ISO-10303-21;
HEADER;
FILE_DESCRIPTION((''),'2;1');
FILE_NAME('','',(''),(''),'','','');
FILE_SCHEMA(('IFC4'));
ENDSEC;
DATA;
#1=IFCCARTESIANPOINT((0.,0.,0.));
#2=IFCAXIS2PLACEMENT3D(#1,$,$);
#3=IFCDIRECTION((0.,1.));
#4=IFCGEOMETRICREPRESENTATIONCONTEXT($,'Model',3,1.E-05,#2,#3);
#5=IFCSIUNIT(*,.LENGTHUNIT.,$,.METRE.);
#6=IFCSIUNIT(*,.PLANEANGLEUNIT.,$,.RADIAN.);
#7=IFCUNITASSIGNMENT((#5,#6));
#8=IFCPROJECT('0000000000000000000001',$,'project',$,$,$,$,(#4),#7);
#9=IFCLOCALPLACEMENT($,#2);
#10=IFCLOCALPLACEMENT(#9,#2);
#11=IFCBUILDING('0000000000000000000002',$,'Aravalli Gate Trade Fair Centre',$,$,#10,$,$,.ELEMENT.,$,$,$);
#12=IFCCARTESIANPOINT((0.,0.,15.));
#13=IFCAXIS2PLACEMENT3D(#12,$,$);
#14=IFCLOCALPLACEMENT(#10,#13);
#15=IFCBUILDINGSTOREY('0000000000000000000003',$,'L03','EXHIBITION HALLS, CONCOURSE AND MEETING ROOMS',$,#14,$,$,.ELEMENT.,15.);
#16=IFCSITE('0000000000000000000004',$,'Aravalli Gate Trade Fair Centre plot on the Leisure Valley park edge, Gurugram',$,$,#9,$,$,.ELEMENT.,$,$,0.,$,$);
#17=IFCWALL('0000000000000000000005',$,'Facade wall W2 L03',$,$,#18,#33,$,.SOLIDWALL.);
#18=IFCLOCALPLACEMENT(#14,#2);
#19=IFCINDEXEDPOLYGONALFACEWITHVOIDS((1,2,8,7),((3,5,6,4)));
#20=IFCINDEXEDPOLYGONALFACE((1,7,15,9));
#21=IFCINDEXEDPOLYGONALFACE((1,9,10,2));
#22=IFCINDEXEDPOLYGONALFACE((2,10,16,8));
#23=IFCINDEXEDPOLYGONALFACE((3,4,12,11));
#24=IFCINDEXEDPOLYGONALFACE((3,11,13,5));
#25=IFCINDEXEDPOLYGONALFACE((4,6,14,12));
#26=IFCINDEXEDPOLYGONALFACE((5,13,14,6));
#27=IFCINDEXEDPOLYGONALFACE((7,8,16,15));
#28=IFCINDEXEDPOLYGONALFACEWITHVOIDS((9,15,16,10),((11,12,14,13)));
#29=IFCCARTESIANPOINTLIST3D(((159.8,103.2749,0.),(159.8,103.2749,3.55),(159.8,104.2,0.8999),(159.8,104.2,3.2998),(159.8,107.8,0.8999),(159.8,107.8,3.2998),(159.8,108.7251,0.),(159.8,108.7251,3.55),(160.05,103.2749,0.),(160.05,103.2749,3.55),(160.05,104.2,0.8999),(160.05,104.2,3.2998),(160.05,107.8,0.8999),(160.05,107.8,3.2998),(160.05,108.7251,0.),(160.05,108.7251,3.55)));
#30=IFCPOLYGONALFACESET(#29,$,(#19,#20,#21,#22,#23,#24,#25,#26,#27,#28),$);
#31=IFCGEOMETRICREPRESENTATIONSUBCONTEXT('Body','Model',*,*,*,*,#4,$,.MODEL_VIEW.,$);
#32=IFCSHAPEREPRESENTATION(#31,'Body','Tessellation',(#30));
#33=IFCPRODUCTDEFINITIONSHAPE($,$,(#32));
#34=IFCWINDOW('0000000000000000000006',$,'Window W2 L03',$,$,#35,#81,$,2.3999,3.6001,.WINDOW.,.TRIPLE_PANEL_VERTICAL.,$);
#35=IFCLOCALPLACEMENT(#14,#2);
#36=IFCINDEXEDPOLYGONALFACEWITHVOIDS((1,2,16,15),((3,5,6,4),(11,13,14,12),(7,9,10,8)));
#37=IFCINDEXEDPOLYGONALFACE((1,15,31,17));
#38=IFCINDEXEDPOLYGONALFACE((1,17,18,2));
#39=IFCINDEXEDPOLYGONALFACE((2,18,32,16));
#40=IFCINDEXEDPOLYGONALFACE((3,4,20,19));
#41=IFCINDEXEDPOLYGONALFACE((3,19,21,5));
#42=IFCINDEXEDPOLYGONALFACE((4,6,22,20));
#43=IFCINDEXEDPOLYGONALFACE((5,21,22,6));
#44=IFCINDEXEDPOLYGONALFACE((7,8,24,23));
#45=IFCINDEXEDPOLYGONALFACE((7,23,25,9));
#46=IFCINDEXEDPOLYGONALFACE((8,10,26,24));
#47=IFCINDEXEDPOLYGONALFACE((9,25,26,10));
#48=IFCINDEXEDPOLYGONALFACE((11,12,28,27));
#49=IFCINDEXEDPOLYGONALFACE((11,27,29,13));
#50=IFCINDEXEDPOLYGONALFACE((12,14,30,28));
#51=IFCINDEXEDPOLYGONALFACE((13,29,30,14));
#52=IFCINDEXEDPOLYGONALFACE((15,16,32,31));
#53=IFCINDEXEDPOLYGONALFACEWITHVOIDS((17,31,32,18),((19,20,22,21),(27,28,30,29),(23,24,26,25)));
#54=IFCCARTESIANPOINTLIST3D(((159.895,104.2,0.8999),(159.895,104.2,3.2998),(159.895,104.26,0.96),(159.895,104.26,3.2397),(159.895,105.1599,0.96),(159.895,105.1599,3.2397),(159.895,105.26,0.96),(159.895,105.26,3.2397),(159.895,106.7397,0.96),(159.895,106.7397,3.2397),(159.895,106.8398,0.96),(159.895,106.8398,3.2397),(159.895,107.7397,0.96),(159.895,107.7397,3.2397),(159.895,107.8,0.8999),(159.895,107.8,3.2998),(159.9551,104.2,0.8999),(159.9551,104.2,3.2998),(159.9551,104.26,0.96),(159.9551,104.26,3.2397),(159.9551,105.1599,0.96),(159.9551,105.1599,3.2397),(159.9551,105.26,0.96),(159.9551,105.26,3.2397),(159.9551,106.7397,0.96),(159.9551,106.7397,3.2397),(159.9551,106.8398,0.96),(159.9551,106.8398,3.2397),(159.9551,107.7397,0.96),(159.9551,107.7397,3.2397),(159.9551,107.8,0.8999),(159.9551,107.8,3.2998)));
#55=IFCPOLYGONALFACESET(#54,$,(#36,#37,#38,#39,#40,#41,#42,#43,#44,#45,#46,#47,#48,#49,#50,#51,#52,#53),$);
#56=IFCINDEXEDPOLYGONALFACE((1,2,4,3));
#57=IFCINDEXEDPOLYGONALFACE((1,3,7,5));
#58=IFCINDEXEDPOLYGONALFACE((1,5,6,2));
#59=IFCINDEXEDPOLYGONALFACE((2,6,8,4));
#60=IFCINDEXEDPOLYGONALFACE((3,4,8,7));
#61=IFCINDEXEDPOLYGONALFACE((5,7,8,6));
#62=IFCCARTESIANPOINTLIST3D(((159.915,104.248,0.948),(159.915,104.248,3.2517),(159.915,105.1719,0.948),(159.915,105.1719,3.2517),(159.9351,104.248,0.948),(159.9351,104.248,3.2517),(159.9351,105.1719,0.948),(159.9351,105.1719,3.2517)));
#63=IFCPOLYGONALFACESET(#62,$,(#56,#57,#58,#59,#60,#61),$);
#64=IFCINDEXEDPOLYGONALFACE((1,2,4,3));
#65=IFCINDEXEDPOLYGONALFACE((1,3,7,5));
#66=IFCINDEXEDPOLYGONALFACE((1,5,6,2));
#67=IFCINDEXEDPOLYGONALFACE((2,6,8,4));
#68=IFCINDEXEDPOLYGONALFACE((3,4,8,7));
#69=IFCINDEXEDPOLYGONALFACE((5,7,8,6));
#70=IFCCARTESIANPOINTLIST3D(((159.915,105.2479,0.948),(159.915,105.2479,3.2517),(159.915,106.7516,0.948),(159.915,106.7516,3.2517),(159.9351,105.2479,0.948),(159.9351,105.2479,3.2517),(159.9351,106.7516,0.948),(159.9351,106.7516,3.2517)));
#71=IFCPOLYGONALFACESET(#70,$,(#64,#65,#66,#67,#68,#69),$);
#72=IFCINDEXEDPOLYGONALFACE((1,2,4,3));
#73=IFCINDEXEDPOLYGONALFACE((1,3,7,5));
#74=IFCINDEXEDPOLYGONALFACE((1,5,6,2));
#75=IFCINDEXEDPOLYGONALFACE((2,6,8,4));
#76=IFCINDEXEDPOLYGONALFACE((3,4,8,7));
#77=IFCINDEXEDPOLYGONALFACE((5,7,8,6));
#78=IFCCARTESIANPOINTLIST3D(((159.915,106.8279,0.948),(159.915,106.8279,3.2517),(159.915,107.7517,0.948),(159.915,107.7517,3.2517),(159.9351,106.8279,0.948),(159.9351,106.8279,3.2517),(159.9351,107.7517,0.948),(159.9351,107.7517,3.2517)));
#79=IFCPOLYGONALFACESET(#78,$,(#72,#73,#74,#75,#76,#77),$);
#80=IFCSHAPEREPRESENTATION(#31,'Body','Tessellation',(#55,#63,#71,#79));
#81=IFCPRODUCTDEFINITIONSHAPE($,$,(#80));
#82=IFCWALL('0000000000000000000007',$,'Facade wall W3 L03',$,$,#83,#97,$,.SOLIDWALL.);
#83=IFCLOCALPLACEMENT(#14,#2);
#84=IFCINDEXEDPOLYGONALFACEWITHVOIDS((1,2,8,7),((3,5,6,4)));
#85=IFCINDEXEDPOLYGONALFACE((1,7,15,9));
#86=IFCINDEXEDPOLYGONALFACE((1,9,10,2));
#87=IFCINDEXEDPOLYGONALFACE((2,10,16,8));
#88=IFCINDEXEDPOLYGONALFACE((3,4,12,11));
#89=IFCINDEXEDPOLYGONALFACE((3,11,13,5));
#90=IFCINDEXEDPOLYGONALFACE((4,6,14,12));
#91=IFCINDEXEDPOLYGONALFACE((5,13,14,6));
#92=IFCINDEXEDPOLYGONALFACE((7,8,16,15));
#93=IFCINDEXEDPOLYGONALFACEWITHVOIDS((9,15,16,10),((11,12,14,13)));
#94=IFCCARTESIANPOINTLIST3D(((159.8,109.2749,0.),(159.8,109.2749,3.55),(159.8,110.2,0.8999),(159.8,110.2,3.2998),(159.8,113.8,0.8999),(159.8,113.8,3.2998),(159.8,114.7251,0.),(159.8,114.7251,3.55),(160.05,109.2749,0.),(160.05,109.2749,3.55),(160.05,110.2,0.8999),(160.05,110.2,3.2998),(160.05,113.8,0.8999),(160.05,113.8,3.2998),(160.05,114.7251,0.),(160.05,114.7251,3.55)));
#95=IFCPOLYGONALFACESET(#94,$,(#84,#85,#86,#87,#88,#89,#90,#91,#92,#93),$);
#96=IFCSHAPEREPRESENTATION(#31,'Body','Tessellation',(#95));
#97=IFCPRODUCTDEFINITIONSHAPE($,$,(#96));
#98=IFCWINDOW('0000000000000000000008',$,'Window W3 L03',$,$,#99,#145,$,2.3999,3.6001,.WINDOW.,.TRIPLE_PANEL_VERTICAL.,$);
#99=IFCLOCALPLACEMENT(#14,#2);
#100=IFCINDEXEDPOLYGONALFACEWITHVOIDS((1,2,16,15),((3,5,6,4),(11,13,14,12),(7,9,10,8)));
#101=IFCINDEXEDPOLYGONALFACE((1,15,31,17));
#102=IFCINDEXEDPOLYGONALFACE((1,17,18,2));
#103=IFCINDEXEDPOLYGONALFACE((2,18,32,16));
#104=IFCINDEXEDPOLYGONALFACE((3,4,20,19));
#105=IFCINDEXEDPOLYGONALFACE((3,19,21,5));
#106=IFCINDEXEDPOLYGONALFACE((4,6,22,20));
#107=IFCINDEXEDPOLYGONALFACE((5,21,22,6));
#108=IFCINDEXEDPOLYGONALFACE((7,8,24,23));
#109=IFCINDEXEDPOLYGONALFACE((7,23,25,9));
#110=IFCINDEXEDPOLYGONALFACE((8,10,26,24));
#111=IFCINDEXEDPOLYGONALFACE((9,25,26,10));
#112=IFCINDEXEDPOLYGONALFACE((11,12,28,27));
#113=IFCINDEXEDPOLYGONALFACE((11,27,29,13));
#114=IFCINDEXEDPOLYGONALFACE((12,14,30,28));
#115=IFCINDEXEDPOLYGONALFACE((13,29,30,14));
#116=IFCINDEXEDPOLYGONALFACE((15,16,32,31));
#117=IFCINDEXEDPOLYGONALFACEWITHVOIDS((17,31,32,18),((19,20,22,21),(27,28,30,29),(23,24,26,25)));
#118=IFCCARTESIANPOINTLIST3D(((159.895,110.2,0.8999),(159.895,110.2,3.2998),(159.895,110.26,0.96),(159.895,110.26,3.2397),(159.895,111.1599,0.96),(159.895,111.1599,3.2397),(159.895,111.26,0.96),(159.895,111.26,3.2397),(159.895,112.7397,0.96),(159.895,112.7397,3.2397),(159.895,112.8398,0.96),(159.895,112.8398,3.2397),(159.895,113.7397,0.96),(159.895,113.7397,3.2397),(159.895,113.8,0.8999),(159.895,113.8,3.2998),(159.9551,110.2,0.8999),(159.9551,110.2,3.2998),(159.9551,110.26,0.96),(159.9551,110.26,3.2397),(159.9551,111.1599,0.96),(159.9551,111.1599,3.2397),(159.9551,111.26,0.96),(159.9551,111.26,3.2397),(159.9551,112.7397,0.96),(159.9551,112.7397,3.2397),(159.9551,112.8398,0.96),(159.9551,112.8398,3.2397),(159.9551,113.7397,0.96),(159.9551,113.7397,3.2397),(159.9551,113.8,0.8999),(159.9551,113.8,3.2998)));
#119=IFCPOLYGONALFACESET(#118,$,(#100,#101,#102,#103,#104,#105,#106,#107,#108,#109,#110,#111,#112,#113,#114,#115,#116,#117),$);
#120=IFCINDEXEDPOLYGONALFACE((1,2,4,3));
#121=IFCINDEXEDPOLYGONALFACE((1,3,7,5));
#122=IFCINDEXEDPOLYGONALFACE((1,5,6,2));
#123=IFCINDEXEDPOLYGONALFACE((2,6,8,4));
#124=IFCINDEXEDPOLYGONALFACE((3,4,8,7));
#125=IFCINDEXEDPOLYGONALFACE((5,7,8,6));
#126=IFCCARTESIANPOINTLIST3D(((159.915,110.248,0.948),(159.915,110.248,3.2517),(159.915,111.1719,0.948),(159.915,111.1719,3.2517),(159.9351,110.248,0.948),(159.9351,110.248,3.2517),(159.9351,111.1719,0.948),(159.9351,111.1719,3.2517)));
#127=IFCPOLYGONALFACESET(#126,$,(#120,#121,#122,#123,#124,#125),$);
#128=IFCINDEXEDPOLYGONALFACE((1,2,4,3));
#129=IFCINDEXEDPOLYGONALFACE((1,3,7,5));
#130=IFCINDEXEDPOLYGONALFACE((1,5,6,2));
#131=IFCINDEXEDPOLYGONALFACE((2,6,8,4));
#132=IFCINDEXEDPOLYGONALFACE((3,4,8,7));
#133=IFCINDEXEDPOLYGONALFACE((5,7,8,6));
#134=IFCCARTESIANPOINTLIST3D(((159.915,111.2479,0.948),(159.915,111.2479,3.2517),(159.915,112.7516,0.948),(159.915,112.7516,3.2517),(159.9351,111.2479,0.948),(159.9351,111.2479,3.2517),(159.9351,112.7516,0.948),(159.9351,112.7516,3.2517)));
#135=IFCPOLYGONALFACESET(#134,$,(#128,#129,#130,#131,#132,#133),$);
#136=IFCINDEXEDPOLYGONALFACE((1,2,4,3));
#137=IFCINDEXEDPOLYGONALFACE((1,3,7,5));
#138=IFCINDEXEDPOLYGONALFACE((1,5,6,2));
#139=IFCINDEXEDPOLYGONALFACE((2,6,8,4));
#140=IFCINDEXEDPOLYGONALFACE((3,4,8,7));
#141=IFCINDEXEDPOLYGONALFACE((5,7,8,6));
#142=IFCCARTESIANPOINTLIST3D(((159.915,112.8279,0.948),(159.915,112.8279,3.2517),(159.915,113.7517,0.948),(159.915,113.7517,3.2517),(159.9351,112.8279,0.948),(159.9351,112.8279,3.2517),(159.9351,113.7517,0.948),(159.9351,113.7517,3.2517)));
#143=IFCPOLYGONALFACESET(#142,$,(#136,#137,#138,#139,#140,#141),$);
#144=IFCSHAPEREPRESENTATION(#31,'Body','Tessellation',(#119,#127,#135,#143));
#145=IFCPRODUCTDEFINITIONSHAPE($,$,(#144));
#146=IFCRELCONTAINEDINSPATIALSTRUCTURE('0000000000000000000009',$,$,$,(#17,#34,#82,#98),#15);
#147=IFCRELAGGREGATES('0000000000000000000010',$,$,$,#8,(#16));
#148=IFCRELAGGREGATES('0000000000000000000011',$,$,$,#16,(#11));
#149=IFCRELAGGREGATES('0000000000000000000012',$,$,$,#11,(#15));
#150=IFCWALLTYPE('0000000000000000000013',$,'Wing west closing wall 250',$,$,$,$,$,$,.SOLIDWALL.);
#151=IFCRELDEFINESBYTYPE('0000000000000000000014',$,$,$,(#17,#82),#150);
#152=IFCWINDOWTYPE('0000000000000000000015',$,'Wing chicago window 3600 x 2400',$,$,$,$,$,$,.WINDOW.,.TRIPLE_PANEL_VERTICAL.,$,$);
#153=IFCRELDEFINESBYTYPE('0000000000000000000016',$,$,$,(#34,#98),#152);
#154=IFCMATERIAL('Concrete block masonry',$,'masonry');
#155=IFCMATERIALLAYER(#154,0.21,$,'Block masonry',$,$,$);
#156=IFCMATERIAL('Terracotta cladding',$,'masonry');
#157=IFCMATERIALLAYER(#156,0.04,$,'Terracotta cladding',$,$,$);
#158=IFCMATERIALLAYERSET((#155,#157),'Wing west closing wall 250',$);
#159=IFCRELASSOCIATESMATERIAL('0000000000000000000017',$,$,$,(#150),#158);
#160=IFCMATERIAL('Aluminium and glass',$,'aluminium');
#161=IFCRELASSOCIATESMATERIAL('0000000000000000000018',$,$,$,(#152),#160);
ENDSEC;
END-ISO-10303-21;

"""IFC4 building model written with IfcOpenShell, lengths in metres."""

from ifc_helpers import new_model, si_unit, direction, frame, frame_2d, origin, place, context, subcontext, project, spatial, polyline, rectangle, outline, extrude, material, layer, layer_set, type_object, element, fill, save


model = new_model("IFC4")

# Units and contexts
model_context = context("Model", 3, precision=1e-05, world=origin(), true_north=direction((0.0, 1.0)))
body_context = subcontext(model_context, "Body", "Model", "MODEL_VIEW")
ifc_project = project(units=[si_unit("LENGTHUNIT", "METRE"), si_unit("PLANEANGLEUNIT", "RADIAN")], contexts=[model_context])

# Site, building, storey
site_placement = place(None, origin())
site = spatial("IfcSite", under=ifc_project, at=site_placement, Name="Aravalli Gate Trade Fair Centre plot on the Leisure Valley park edge, Gurugram", CompositionType="ELEMENT", RefElevation=0.0)
building_placement = place(site_placement, origin())
building = spatial("IfcBuilding", under=site, at=building_placement, Name="Aravalli Gate Trade Fair Centre", CompositionType="ELEMENT")
storey_placement = place(building_placement, frame((0.0, 0.0, 15.0)))
storey = spatial("IfcBuildingStorey", under=building, at=storey_placement, Name="L03", Description="EXHIBITION HALLS, CONCOURSE AND MEETING ROOMS", CompositionType="ELEMENT", Elevation=15.0)

# Walls, openings, windows
ifc_material_1 = material(Name="Concrete block masonry", Category="masonry")
ifc_layer_1 = layer(ifc_material_1, 0.21, Name="Block masonry")
ifc_material_2 = material(Name="Terracotta cladding", Category="masonry")
ifc_layer_2 = layer(ifc_material_2, 0.04, Name="Terracotta cladding")
ifc_layer_set = layer_set([ifc_layer_1, ifc_layer_2], Name="Wing west closing wall 250")
wall_type = type_object("IfcWallType", Name="Wing west closing wall 250", PredefinedType="SOLIDWALL", material=ifc_layer_set)
wall_1_placement = place(storey_placement, frame((159.925, 103.2749, 0.0), z_axis=(0.0, 0.0, 1.0), x_axis=(0.0, 1.0, 0.0)))
wall_1 = element("IfcWall", 1, at=wall_1_placement, inside=storey, type_object=wall_type, Name="Facade wall W2 L03", PredefinedType="SOLIDWALL", context=body_context, shape_type="SweptSolid", body=[
    extrude(rectangle(XDim=5.4502, YDim=0.25, at=frame_2d((2.7251, 0.0))), origin(), (0.0, 0.0, 1.0), 3.55),
])
opening_1_placement = place(wall_1_placement, frame((0.925, 0.0, 0.8999)))
opening_1 = element("IfcOpeningElement", 2, at=opening_1_placement, cuts=wall_1, PredefinedType="OPENING", context=body_context, shape_type="SweptSolid", body=[
    extrude(rectangle(XDim=3.6001, YDim=2.3999, at=frame_2d((1.8, 1.2))), frame((0.0, 0.135, 0.0), z_axis=(0.0, -1.0, 0.0), x_axis=(1.0, 0.0, 0.0)), (0.0, 0.0, 1.0), 0.27),
])
ifc_material_3 = material(Name="Aluminium and glass", Category="aluminium")
window_type = type_object("IfcWindowType", Name="Wing chicago window 3600 x 2400", PartitioningType="TRIPLE_PANEL_VERTICAL", PredefinedType="WINDOW", material=ifc_material_3)
window_1_placement = place(opening_1_placement, origin())
window_1 = element("IfcWindow", 3, at=window_1_placement, inside=storey, type_object=window_type, Name="Window W2 L03", OverallHeight=2.3999, OverallWidth=3.6001, PartitioningType="TRIPLE_PANEL_VERTICAL", PredefinedType="WINDOW", context=body_context, shape_type="SweptSolid", body=[
    extrude(outline(polyline([(0.0, 0.0), (3.6001, 0.0), (3.6001, 2.3999), (0.0, 2.3999), (0.0, 0.0)]), holes=[polyline([(0.0601, 0.0601), (0.96, 0.0601), (0.96, 2.3398), (0.0601, 2.3398), (0.0601, 0.0601)]), polyline([(1.0601, 0.0601), (2.5398, 0.0601), (2.5398, 2.3398), (1.0601, 2.3398), (1.0601, 0.0601)]), polyline([(2.6399, 0.0601), (3.5398, 0.0601), (3.5398, 2.3398), (2.6399, 2.3398), (2.6399, 0.0601)])]), frame((0.0, 0.03, 0.0), z_axis=(0.0, -1.0, 0.0), x_axis=(1.0, 0.0, 0.0)), (0.0, 0.0, 1.0), 0.0601),
    extrude(rectangle(XDim=0.9238, YDim=2.3037, at=frame_2d((0.51, 1.2))), frame((0.0, 0.01, 0.0), z_axis=(0.0, -1.0, 0.0), x_axis=(1.0, 0.0, 0.0)), (0.0, 0.0, 1.0), 0.02),
    extrude(rectangle(XDim=1.5037, YDim=2.3037, at=frame_2d((1.7998, 1.2))), frame((0.0, 0.01, 0.0), z_axis=(0.0, -1.0, 0.0), x_axis=(1.0, 0.0, 0.0)), (0.0, 0.0, 1.0), 0.02),
    extrude(rectangle(XDim=0.9238, YDim=2.3037, at=frame_2d((3.0898, 1.2))), frame((0.0, 0.01, 0.0), z_axis=(0.0, -1.0, 0.0), x_axis=(1.0, 0.0, 0.0)), (0.0, 0.0, 1.0), 0.02),
])
fill(opening_1, window_1)
wall_2_placement = place(storey_placement, frame((159.925, 109.2749, 0.0), z_axis=(0.0, 0.0, 1.0), x_axis=(0.0, 1.0, 0.0)))
wall_2 = element("IfcWall", 4, at=wall_2_placement, inside=storey, type_object=wall_type, Name="Facade wall W3 L03", PredefinedType="SOLIDWALL", context=body_context, shape_type="SweptSolid", body=[
    extrude(rectangle(XDim=5.4502, YDim=0.25, at=frame_2d((2.7251, 0.0))), origin(), (0.0, 0.0, 1.0), 3.55),
])
opening_2_placement = place(wall_2_placement, frame((0.925, 0.0, 0.8999)))
opening_2 = element("IfcOpeningElement", 5, at=opening_2_placement, cuts=wall_2, PredefinedType="OPENING", context=body_context, shape_type="SweptSolid", body=[
    extrude(rectangle(XDim=3.6001, YDim=2.3999, at=frame_2d((1.8, 1.2))), frame((0.0, 0.135, 0.0), z_axis=(0.0, -1.0, 0.0), x_axis=(1.0, 0.0, 0.0)), (0.0, 0.0, 1.0), 0.27),
])
window_2_placement = place(opening_2_placement, origin())
window_2 = element("IfcWindow", 6, at=window_2_placement, inside=storey, type_object=window_type, Name="Window W3 L03", OverallHeight=2.3999, OverallWidth=3.6001, PartitioningType="TRIPLE_PANEL_VERTICAL", PredefinedType="WINDOW", context=body_context, shape_type="SweptSolid", body=[
    extrude(outline(polyline([(0.0, 0.0), (3.6001, 0.0), (3.6001, 2.3999), (0.0, 2.3999), (0.0, 0.0)]), holes=[polyline([(0.0601, 0.0601), (0.96, 0.0601), (0.96, 2.3398), (0.0601, 2.3398), (0.0601, 0.0601)]), polyline([(1.0601, 0.0601), (2.5398, 0.0601), (2.5398, 2.3398), (1.0601, 2.3398), (1.0601, 0.0601)]), polyline([(2.6399, 0.0601), (3.5398, 0.0601), (3.5398, 2.3398), (2.6399, 2.3398), (2.6399, 0.0601)])]), frame((0.0, 0.03, 0.0), z_axis=(0.0, -1.0, 0.0), x_axis=(1.0, 0.0, 0.0)), (0.0, 0.0, 1.0), 0.0601),
    extrude(rectangle(XDim=0.9238, YDim=2.3037, at=frame_2d((0.51, 1.2))), frame((0.0, 0.01, 0.0), z_axis=(0.0, -1.0, 0.0), x_axis=(1.0, 0.0, 0.0)), (0.0, 0.0, 1.0), 0.02),
    extrude(rectangle(XDim=1.5037, YDim=2.3037, at=frame_2d((1.7998, 1.2))), frame((0.0, 0.01, 0.0), z_axis=(0.0, -1.0, 0.0), x_axis=(1.0, 0.0, 0.0)), (0.0, 0.0, 1.0), 0.02),
    extrude(rectangle(XDim=0.9238, YDim=2.3037, at=frame_2d((3.0898, 1.2))), frame((0.0, 0.01, 0.0), z_axis=(0.0, -1.0, 0.0), x_axis=(1.0, 0.0, 0.0)), (0.0, 0.0, 1.0), 0.02),
])
fill(opening_2, window_2)

save(model, "model.ifc")
